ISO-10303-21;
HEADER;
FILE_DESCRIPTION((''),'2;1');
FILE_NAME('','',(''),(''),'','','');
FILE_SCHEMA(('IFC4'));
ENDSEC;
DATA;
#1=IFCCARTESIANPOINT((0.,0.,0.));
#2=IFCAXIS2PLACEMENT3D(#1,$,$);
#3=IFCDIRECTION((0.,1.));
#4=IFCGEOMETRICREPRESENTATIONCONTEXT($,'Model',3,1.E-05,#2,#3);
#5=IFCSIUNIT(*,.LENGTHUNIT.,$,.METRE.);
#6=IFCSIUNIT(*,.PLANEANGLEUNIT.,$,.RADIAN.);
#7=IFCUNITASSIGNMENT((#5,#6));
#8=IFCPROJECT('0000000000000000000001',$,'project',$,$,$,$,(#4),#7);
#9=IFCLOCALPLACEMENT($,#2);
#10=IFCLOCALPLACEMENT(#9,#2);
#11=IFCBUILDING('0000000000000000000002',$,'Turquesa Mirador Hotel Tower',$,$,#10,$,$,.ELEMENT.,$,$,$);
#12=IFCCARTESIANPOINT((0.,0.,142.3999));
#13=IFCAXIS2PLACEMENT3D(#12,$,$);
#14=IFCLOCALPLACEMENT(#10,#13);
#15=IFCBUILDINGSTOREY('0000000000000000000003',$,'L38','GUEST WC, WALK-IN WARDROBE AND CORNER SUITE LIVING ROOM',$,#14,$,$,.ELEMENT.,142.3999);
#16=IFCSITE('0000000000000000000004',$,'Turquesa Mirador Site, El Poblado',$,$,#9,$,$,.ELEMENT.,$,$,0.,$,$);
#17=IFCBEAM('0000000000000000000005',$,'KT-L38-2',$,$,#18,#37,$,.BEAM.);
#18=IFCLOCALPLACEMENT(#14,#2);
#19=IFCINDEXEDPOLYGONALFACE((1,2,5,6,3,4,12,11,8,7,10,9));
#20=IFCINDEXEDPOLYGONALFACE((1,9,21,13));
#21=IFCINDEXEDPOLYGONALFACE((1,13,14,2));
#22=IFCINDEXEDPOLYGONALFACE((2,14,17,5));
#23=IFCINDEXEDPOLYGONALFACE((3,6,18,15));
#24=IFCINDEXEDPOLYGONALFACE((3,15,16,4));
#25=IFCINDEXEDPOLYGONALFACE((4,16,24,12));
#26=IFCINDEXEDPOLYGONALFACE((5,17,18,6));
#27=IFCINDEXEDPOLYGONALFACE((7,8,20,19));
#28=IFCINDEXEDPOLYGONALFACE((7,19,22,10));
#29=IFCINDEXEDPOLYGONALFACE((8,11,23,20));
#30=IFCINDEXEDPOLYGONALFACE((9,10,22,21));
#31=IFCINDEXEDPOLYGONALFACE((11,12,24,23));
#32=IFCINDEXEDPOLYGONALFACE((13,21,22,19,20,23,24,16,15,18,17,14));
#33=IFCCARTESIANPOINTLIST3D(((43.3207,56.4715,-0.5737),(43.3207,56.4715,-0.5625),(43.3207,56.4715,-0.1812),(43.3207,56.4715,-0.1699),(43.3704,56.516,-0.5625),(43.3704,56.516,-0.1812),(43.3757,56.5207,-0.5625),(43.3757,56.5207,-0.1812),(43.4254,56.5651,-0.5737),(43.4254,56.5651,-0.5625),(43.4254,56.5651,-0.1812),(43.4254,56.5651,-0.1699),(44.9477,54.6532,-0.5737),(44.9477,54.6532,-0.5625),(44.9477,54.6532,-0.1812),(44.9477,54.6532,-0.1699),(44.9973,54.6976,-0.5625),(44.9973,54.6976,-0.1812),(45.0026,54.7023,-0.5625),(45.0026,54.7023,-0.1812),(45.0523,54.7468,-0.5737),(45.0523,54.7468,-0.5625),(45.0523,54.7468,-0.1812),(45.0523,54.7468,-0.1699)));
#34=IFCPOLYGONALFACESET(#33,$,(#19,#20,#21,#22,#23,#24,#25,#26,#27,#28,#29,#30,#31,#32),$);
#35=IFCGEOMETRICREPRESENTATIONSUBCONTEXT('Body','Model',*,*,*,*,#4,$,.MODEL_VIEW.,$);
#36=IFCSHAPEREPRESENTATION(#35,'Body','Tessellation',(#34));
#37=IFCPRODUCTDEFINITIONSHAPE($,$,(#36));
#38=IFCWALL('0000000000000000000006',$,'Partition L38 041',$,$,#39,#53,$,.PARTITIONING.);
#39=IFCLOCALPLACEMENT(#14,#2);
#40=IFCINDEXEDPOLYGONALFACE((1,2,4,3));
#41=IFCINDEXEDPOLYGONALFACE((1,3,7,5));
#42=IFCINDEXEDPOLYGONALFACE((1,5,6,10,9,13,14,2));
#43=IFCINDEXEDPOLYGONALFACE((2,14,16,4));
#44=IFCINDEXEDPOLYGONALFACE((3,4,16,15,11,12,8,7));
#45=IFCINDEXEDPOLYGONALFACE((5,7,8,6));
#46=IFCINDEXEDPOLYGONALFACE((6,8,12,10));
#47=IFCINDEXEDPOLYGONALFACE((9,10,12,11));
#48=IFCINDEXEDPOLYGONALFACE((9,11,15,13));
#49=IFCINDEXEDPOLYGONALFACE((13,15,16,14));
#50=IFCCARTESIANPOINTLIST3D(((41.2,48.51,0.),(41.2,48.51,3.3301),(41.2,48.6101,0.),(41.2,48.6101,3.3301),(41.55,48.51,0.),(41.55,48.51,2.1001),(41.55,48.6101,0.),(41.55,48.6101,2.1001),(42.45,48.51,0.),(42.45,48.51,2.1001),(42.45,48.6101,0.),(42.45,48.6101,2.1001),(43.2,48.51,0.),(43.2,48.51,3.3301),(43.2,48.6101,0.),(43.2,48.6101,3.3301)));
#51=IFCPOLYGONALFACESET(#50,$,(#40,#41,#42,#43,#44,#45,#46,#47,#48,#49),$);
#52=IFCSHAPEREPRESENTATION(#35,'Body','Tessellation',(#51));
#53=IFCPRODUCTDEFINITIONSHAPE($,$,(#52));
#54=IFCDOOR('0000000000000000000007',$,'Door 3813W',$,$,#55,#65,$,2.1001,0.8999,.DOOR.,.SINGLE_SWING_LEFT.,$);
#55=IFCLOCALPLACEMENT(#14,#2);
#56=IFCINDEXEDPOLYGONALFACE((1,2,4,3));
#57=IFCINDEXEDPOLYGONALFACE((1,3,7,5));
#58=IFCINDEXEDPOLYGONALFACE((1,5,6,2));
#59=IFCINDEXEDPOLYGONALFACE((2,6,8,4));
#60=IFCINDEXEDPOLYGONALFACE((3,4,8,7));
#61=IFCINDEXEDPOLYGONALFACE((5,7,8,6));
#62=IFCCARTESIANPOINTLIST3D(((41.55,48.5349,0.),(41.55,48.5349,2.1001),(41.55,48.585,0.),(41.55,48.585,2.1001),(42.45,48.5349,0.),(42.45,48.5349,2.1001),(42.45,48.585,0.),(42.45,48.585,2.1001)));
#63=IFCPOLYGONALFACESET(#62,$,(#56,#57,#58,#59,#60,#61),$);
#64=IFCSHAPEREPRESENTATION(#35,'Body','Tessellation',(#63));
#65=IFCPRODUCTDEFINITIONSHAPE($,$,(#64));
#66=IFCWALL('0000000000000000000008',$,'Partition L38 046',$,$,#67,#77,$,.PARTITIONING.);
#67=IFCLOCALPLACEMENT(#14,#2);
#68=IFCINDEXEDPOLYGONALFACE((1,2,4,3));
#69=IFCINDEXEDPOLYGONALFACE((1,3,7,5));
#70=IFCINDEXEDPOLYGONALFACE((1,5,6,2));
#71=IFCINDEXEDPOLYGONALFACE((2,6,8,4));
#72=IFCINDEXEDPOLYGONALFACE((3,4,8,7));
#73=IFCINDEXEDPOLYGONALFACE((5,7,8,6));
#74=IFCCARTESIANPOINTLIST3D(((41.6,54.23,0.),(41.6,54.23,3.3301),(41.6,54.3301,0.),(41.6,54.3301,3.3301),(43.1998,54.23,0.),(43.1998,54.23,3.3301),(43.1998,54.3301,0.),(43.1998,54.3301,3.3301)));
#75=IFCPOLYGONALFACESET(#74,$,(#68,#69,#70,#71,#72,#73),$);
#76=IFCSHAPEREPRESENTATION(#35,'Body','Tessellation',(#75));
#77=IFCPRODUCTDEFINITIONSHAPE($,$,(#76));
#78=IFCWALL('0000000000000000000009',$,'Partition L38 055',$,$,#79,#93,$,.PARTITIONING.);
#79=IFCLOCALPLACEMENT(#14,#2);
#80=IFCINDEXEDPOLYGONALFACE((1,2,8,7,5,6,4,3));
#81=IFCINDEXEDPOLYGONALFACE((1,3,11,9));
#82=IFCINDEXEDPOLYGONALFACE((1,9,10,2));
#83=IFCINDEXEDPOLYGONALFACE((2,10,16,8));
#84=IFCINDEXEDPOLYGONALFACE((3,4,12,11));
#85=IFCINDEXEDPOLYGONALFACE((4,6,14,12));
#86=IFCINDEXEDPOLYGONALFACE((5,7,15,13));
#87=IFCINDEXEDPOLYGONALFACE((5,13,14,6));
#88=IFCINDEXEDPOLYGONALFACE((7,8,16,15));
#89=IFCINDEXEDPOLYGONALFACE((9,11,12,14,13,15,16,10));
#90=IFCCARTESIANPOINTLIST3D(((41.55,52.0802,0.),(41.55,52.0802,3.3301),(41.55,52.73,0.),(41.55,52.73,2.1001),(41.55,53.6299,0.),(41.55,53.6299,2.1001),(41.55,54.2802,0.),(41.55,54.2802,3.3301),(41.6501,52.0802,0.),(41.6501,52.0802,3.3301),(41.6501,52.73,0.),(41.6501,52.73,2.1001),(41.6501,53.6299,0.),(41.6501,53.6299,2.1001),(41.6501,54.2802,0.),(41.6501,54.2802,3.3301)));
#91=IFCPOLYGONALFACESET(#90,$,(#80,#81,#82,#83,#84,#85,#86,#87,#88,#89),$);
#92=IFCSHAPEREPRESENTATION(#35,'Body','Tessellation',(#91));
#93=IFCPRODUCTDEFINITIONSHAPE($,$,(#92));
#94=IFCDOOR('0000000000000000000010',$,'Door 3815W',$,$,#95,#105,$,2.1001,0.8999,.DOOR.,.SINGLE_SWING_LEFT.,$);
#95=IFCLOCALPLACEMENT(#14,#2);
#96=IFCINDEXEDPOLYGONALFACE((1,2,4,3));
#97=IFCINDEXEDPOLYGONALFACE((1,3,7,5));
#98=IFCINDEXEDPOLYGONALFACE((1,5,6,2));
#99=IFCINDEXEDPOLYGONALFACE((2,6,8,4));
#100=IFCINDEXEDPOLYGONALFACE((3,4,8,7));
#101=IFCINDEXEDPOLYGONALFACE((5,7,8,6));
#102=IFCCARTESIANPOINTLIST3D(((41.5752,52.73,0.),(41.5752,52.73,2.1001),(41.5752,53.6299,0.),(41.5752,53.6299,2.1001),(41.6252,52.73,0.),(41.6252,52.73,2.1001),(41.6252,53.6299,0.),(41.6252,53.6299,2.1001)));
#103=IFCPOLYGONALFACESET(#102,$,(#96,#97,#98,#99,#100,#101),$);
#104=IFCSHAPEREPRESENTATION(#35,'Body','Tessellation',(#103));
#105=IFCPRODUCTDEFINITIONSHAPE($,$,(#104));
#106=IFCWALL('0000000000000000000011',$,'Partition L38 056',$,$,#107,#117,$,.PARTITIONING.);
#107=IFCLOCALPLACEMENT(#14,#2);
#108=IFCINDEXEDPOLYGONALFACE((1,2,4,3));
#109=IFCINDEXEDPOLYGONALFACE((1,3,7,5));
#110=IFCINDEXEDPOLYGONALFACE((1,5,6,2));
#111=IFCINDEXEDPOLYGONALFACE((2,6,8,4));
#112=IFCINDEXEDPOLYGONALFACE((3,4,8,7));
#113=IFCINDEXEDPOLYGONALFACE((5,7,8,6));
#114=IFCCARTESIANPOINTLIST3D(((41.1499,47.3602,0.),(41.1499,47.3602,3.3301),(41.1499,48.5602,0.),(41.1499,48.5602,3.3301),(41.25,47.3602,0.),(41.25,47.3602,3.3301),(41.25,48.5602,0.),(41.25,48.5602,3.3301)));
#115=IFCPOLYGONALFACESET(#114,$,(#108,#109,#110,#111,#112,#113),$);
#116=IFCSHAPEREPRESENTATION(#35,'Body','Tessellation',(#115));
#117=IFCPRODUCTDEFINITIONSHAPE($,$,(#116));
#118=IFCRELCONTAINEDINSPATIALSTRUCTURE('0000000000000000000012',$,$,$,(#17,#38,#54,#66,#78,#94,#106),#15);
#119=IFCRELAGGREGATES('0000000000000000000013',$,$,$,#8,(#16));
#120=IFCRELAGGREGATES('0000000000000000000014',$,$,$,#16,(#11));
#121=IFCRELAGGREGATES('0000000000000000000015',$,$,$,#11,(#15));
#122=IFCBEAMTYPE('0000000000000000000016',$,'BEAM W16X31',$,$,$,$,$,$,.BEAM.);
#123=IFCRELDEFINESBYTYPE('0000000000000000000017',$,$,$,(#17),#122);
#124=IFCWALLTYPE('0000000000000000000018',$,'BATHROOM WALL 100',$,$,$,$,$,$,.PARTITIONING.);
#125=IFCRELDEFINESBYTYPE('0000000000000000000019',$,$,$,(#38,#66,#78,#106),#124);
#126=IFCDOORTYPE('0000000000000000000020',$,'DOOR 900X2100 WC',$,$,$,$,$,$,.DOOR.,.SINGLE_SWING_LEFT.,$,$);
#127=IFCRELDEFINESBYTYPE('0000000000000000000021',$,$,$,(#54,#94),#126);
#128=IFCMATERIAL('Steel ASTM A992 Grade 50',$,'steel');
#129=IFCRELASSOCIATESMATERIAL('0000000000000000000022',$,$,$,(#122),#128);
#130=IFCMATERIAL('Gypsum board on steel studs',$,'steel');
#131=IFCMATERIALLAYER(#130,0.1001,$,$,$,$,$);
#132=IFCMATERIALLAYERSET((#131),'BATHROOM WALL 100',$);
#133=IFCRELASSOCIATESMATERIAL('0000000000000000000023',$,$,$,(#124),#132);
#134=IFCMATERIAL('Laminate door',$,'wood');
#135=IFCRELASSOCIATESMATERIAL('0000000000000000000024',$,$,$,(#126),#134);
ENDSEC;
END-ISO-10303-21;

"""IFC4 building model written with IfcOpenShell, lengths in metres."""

from ifc_helpers import new_model, si_unit, direction, frame, frame_2d, origin, origin_2d, place, context, subcontext, project, spatial, rectangle, i_section, extrude, material, layer, layer_set, material_profile, profile_set, type_object, element, fill, save


model = new_model("IFC4")

# Units and contexts
model_context = context("Model", 3, precision=1e-05, world=origin(), true_north=direction((0.0, 1.0)))
body_context = subcontext(model_context, "Body", "Model", "MODEL_VIEW")
ifc_project = project(units=[si_unit("LENGTHUNIT", "METRE"), si_unit("PLANEANGLEUNIT", "RADIAN")], contexts=[model_context])

# Site, building, storey
site_placement = place(None, origin())
site = spatial("IfcSite", under=ifc_project, at=site_placement, Name="Turquesa Mirador Site, El Poblado", CompositionType="ELEMENT", RefElevation=0.0)
building_placement = place(site_placement, origin())
building = spatial("IfcBuilding", under=site, at=building_placement, Name="Turquesa Mirador Hotel Tower", CompositionType="ELEMENT")
storey_placement = place(building_placement, frame((0.0, 0.0, 142.3999)))
storey = spatial("IfcBuildingStorey", under=building, at=storey_placement, Name="L38", Description="GUEST WC, WALK-IN WARDROBE AND CORNER SUITE LIVING ROOM", CompositionType="ELEMENT", Elevation=142.3999)

# Beam
ifc_material_1 = material(Name="Steel ASTM A992 Grade 50", Category="steel")
ifc_material_profile = material_profile(ifc_material_1, i_section(OverallWidth=0.1404, OverallDepth=0.4038, WebThickness=0.0071, FlangeThickness=0.0112, at=origin_2d()), Name="W16X31")
ifc_profile_set = profile_set([ifc_material_profile], Name="Steel ASTM A992 Grade 50")
beam_type = type_object("IfcBeamType", Name="BEAM W16X31", PredefinedType="BEAM", material=ifc_profile_set)
beam_placement = place(storey_placement, frame((43.373, 56.5183, -0.3718), z_axis=(0.666795, -0.745241, 0.0), x_axis=(0.745241, 0.666795, 0.0)))
element("IfcBeam", 1, at=beam_placement, inside=storey, type_object=beam_type, Name="KT-L38-2", PredefinedType="BEAM", context=body_context, shape_type="SweptSolid", body=[
    extrude(i_section(OverallWidth=0.1404, OverallDepth=0.4038, WebThickness=0.0071, FlangeThickness=0.0112, at=origin_2d()), origin(), (0.0, 0.0, 1.0), 2.4399),
])

# Wall, opening, door
ifc_material_2 = material(Name="Gypsum board on steel studs", Category="steel")
ifc_layer_1 = layer(ifc_material_2, 0.1001)
ifc_layer_set_1 = layer_set([ifc_layer_1], Name="BATHROOM WALL 100")
wall_type_1 = type_object("IfcWallType", Name="BATHROOM WALL 100", PredefinedType="PARTITIONING", material=ifc_layer_set_1)
wall_1_placement = place(storey_placement, frame((41.2, 48.5601, 0.0), z_axis=(0.0, 0.0, 1.0), x_axis=(1.0, 0.0, 0.0)))
wall_1 = element("IfcWall", 2, at=wall_1_placement, inside=storey, type_object=wall_type_1, Name="Partition L38 041", PredefinedType="PARTITIONING", context=body_context, shape_type="SweptSolid", body=[
    extrude(rectangle(XDim=2.0, YDim=0.1001, at=frame_2d((1.0, 0.0))), origin(), (0.0, 0.0, 1.0), 3.3301),
])
opening_1_placement = place(wall_1_placement, frame((0.3501, 0.0, 0.0)))
opening_1 = element("IfcOpeningElement", 3, at=opening_1_placement, cuts=wall_1, PredefinedType="OPENING", context=body_context, shape_type="SweptSolid", body=[
    extrude(rectangle(XDim=0.8999, YDim=2.1001, at=frame_2d((0.45, 1.05))), frame((0.0, 0.0601, 0.0), z_axis=(0.0, -1.0, 0.0), x_axis=(1.0, 0.0, 0.0)), (0.0, 0.0, 1.0), 0.1201),
])
ifc_material_3 = material(Name="Laminate door", Category="wood")
door_type_1 = type_object("IfcDoorType", Name="DOOR 900X2100 WC", OperationType="SINGLE_SWING_LEFT", PredefinedType="DOOR", material=ifc_material_3)
door_1_placement = place(opening_1_placement, origin())
door_1 = element("IfcDoor", 4, at=door_1_placement, inside=storey, type_object=door_type_1, Name="Door 3813W", OperationType="SINGLE_SWING_LEFT", OverallHeight=2.1001, OverallWidth=0.8999, PredefinedType="DOOR", context=body_context, shape_type="SweptSolid", body=[
    extrude(rectangle(XDim=0.8999, YDim=2.1001, at=frame_2d((0.45, 1.05))), frame((0.0, 0.0249, 0.0), z_axis=(0.0, -1.0, 0.0), x_axis=(1.0, 0.0, 0.0)), (0.0, 0.0, 1.0), 0.05),
])
fill(opening_1, door_1)

# Wall
wall_2_placement = place(storey_placement, frame((41.6001, 54.28, 0.0), z_axis=(0.0, 0.0, 1.0), x_axis=(1.0, 0.0, 0.0)))
element("IfcWall", 5, at=wall_2_placement, inside=storey, type_object=wall_type_1, Name="Partition L38 046", PredefinedType="PARTITIONING", context=body_context, shape_type="SweptSolid", body=[
    extrude(rectangle(XDim=1.5999, YDim=0.1001, at=frame_2d((0.7998, 0.0))), origin(), (0.0, 0.0, 1.0), 3.3301),
])

# Wall, opening, door
wall_3_placement = place(storey_placement, frame((41.6001, 52.0801, 0.0), z_axis=(0.0, 0.0, 1.0), x_axis=(0.0, 1.0, 0.0)))
wall_3 = element("IfcWall", 6, at=wall_3_placement, inside=storey, type_object=wall_type_1, Name="Partition L38 055", PredefinedType="PARTITIONING", context=body_context, shape_type="SweptSolid", body=[
    extrude(rectangle(XDim=2.2, YDim=0.1001, at=frame_2d((1.1001, 0.0))), origin(), (0.0, 0.0, 1.0), 3.3301),
])
opening_2_placement = place(wall_3_placement, frame((0.6499, 0.0, 0.0)))
opening_2 = element("IfcOpeningElement", 7, at=opening_2_placement, cuts=wall_3, PredefinedType="OPENING", context=body_context, shape_type="SweptSolid", body=[
    extrude(rectangle(XDim=0.8999, YDim=2.1001, at=frame_2d((0.45, 1.05))), frame((0.0, 0.0601, 0.0), z_axis=(0.0, -1.0, 0.0), x_axis=(1.0, 0.0, 0.0)), (0.0, 0.0, 1.0), 0.1201),
])
door_2_placement = place(opening_2_placement, origin())
door_2 = element("IfcDoor", 8, at=door_2_placement, inside=storey, type_object=door_type_1, Name="Door 3815W", OperationType="SINGLE_SWING_LEFT", OverallHeight=2.1001, OverallWidth=0.8999, PredefinedType="DOOR", context=body_context, shape_type="SweptSolid", body=[
    extrude(rectangle(XDim=0.8999, YDim=2.1001, at=frame_2d((0.45, 1.05))), frame((0.0, 0.0249, 0.0), z_axis=(0.0, -1.0, 0.0), x_axis=(1.0, 0.0, 0.0)), (0.0, 0.0, 1.0), 0.05),
])
fill(opening_2, door_2)

# Wall
wall_4_placement = place(storey_placement, frame((41.2, 47.3601, 0.0), z_axis=(0.0, 0.0, 1.0), x_axis=(0.0, 1.0, 0.0)))
element("IfcWall", 9, at=wall_4_placement, inside=storey, type_object=wall_type_1, Name="Partition L38 056", PredefinedType="PARTITIONING", context=body_context, shape_type="SweptSolid", body=[
    extrude(rectangle(XDim=1.2, YDim=0.1001, at=frame_2d((0.6001, 0.0))), origin(), (0.0, 0.0, 1.0), 3.3301),
])

save(model, "model.ifc")
